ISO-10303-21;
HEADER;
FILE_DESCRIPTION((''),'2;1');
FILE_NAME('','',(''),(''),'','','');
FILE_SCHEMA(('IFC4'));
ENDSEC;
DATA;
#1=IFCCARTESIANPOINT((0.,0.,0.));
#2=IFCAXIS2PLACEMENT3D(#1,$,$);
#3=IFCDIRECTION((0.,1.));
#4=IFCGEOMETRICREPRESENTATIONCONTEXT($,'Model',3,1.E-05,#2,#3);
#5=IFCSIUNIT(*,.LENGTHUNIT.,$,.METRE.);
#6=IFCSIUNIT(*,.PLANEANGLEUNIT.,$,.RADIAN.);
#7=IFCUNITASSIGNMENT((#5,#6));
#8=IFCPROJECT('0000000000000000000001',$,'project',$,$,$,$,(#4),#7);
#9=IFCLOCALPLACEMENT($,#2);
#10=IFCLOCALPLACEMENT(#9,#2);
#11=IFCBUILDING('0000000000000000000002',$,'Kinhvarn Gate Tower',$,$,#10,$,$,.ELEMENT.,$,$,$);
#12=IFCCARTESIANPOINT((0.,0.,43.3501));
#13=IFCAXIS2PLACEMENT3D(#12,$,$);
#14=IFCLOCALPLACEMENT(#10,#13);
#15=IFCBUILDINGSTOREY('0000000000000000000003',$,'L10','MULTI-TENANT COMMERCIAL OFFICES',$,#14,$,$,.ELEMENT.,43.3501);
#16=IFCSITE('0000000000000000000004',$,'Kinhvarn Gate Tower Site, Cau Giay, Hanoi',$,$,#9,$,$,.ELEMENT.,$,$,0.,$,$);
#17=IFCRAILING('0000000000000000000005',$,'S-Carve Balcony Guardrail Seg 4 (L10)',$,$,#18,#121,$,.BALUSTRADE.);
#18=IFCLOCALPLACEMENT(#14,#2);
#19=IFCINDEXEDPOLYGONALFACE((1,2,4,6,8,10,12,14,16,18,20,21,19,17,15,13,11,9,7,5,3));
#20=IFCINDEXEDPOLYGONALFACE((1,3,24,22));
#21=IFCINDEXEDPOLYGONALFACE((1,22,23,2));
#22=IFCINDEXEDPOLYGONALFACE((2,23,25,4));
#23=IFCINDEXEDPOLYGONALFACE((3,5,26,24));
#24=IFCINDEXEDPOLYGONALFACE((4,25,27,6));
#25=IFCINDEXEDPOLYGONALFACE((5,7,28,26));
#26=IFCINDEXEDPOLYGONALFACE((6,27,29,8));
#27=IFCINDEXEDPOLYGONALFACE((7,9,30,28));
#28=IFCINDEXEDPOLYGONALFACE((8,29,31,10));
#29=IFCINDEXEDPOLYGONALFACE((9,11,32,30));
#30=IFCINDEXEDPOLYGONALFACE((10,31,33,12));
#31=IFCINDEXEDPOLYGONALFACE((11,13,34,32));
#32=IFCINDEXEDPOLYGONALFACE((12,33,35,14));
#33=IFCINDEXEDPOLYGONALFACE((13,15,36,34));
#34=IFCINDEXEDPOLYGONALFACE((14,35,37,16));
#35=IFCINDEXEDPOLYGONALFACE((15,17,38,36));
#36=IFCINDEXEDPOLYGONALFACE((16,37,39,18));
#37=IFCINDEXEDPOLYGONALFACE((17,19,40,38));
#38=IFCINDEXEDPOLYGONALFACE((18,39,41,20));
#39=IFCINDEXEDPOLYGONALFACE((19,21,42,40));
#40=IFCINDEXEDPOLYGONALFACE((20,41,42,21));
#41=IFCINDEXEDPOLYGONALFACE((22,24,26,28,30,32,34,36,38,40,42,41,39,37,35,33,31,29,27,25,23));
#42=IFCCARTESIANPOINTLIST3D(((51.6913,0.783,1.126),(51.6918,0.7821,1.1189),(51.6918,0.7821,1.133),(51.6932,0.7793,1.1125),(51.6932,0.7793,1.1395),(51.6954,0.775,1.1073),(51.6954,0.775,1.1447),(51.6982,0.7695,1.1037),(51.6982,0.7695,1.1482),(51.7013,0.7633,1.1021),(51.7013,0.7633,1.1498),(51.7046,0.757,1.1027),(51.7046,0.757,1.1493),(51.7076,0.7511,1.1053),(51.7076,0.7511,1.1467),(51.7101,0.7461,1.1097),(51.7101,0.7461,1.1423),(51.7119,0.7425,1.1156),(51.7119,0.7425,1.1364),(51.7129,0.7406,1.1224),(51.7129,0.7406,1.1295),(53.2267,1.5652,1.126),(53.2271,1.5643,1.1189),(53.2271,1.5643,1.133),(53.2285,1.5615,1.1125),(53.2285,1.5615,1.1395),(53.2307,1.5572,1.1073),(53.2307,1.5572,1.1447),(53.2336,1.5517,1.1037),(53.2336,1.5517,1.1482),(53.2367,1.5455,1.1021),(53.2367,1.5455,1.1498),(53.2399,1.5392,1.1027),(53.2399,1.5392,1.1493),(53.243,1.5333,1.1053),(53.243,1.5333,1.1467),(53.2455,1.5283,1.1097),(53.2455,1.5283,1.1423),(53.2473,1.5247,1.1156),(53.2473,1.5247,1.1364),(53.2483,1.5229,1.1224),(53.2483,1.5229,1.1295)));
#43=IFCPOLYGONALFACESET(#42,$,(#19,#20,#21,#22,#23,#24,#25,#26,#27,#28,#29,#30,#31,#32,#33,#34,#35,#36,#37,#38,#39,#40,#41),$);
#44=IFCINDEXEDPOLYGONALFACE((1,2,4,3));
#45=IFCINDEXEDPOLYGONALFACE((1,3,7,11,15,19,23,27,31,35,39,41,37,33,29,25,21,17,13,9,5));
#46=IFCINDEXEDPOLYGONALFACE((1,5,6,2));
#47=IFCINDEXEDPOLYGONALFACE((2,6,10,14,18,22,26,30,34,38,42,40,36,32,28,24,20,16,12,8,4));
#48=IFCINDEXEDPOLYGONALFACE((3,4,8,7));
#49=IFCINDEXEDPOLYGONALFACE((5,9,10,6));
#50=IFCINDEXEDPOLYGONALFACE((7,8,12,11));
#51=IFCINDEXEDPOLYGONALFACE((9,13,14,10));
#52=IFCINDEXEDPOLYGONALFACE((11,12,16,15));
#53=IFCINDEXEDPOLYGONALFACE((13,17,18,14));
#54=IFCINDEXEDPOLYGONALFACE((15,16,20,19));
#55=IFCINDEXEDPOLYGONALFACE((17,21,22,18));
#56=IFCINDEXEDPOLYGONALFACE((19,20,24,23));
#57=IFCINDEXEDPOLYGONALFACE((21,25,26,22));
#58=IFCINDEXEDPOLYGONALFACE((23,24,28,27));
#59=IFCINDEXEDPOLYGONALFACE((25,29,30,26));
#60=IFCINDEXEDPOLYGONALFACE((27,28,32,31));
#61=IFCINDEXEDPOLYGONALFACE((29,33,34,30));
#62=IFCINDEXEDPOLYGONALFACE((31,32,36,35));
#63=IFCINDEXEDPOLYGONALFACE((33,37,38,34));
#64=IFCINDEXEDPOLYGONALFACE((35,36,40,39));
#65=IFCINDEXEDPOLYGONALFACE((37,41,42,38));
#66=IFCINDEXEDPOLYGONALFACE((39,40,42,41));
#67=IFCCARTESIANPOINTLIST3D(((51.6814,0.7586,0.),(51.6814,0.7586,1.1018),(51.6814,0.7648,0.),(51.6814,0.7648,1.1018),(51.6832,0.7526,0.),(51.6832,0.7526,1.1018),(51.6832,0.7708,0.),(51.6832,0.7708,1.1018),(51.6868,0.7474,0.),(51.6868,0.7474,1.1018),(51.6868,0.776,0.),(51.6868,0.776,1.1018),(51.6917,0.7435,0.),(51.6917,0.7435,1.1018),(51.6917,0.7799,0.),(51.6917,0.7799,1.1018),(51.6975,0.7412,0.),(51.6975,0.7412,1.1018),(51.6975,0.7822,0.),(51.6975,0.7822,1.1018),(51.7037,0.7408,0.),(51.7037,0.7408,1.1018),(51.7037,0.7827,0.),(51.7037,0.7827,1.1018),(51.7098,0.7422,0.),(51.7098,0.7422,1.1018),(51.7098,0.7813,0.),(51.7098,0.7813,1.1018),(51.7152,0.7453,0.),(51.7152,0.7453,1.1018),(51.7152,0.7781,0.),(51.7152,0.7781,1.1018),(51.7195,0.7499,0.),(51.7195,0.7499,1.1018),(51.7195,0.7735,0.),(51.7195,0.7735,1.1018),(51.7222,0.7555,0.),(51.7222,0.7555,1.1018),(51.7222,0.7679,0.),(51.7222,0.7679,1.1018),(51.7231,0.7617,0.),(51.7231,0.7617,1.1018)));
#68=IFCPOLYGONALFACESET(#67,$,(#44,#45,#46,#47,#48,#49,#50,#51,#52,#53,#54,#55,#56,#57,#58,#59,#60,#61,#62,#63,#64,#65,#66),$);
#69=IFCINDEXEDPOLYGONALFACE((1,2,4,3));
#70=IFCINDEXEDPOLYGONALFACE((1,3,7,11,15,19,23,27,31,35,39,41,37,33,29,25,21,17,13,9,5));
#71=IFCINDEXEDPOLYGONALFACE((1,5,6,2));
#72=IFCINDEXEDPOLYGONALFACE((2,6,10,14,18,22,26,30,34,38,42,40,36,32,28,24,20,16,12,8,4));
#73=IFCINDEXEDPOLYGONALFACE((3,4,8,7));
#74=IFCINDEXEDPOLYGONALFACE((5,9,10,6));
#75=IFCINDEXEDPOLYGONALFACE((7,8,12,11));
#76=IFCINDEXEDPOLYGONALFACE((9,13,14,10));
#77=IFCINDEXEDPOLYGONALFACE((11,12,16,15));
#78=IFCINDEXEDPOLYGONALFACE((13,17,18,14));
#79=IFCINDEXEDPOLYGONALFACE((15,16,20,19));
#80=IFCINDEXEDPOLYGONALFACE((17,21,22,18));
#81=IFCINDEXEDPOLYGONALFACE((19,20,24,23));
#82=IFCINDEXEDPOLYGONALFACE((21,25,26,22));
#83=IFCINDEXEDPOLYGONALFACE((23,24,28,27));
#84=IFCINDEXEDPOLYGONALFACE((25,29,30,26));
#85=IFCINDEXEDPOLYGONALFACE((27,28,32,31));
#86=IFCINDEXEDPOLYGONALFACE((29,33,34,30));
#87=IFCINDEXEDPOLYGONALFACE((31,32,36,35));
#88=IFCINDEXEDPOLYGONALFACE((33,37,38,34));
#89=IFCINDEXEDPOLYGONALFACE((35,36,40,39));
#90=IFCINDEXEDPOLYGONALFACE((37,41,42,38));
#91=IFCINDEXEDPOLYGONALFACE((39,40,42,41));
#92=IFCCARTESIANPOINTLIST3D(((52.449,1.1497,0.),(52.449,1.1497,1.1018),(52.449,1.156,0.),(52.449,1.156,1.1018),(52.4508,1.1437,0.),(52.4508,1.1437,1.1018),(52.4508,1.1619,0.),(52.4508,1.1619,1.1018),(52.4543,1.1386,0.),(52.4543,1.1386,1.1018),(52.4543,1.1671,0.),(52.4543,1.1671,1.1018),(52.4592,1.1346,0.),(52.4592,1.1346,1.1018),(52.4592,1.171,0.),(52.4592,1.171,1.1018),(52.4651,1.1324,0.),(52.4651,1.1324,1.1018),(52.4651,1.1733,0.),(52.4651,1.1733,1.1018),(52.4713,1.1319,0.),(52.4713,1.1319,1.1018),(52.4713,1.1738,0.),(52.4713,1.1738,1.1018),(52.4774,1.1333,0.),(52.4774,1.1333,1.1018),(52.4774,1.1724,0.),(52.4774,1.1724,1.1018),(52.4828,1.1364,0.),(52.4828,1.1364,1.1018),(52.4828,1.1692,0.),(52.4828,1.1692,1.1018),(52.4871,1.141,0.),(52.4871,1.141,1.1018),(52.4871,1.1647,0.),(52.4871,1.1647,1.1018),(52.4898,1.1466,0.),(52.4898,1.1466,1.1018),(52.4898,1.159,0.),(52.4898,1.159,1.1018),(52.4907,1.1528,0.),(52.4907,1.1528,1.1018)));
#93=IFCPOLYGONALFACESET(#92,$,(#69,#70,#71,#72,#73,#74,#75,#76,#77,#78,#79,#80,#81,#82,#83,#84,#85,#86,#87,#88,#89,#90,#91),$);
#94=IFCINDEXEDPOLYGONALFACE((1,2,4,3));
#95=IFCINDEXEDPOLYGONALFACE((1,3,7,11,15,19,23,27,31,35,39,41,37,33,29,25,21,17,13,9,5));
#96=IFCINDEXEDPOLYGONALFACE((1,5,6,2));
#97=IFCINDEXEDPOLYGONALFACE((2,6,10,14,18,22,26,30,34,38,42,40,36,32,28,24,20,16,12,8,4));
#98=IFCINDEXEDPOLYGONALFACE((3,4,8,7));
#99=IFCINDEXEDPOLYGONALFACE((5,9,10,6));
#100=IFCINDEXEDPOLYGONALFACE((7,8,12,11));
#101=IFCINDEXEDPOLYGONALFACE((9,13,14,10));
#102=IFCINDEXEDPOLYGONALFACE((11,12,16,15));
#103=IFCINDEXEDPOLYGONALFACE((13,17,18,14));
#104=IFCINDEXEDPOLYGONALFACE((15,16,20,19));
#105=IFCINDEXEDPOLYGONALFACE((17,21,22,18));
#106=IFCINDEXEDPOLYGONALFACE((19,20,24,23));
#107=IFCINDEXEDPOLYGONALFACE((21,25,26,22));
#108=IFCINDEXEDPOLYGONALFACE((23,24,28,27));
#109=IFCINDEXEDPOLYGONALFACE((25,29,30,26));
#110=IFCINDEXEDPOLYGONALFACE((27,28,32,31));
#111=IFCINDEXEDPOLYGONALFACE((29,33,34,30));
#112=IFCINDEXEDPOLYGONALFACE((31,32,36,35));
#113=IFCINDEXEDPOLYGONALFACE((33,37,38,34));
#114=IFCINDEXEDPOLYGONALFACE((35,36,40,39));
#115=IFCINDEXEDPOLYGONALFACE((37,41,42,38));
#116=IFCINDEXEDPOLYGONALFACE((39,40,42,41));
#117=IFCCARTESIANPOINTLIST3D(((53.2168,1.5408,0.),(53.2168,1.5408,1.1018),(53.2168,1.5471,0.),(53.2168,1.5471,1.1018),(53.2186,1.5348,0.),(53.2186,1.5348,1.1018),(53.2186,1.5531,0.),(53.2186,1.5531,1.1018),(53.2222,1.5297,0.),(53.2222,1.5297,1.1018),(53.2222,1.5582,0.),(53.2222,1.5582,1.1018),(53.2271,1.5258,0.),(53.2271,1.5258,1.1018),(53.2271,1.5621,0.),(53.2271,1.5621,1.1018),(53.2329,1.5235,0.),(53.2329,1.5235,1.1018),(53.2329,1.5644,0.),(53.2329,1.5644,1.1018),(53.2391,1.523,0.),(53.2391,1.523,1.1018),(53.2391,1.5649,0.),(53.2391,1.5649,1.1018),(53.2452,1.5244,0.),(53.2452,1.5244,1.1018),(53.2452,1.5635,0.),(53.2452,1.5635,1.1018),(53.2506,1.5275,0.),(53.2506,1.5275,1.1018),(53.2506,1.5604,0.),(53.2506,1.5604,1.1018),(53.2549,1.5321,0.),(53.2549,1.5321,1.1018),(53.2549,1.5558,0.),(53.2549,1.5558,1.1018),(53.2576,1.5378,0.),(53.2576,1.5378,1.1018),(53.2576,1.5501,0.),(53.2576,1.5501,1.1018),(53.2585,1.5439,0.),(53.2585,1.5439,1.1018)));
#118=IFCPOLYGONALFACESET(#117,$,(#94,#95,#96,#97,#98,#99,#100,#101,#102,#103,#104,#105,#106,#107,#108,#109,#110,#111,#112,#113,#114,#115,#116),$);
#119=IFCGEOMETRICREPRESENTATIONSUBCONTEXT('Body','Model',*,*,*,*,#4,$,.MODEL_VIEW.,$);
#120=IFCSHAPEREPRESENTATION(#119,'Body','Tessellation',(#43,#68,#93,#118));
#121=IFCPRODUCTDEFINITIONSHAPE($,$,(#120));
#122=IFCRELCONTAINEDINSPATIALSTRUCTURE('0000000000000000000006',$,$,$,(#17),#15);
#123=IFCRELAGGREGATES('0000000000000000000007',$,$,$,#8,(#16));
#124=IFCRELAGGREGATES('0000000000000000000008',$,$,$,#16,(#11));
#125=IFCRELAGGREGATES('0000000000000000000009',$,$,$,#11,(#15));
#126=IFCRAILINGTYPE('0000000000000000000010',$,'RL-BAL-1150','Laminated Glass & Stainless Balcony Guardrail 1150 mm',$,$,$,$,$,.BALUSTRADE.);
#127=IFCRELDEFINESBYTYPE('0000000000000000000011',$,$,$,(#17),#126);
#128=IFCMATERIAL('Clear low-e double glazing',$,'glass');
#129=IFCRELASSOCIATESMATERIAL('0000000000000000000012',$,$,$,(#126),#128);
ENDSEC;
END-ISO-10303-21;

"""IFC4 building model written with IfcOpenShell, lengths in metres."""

from ifc_helpers import new_model, si_unit, direction, frame, origin, origin_2d, place, context, subcontext, project, spatial, circle, extrude, material, type_object, element, save


model = new_model("IFC4")

# Units and contexts
model_context = context("Model", 3, precision=1e-05, world=origin(), true_north=direction((0.0, 1.0)))
body_context = subcontext(model_context, "Body", "Model", "MODEL_VIEW")
ifc_project = project(units=[si_unit("LENGTHUNIT", "METRE"), si_unit("PLANEANGLEUNIT", "RADIAN")], contexts=[model_context])

# Site, building, storey
site_placement = place(None, origin())
site = spatial("IfcSite", under=ifc_project, at=site_placement, Name="Kinhvarn Gate Tower Site, Cau Giay, Hanoi", CompositionType="ELEMENT", RefElevation=0.0)
building_placement = place(site_placement, origin())
building = spatial("IfcBuilding", under=site, at=building_placement, Name="Kinhvarn Gate Tower", CompositionType="ELEMENT")
storey_placement = place(building_placement, frame((0.0, 0.0, 43.3501)))
storey = spatial("IfcBuildingStorey", under=building, at=storey_placement, Name="L10", Description="MULTI-TENANT COMMERCIAL OFFICES", CompositionType="ELEMENT", Elevation=43.3501)

# Shared definitions
ifc_material_1 = material(Name="Clear low-e double glazing", Category="glass")

# Railing
railing_type = type_object("IfcRailingType", Name="RL-BAL-1150", Description="Laminated Glass & Stainless Balcony Guardrail 1150 mm", PredefinedType="BALUSTRADE", material=ifc_material_1)
railing_1_placement = place(storey_placement, frame((51.7021, 0.7617, 0.0)))
element("IfcRailing", 1, at=railing_1_placement, inside=storey, type_object=railing_type, Name="S-Carve Balcony Guardrail Seg 4 (L10)", PredefinedType="BALUSTRADE", context=body_context, shape_type="SweptSolid", body=[
    extrude(circle(Radius=0.0239, at=origin_2d()), frame((0.0, 0.0, 1.126), z_axis=(0.89103, 0.453945, 0.0), x_axis=(-0.453945, 0.89103, 0.0)), (0.0, 0.0, 1.0), 1.7231),
    extrude(circle(Radius=0.021, at=origin_2d()), origin(), (0.0, 0.0, 1.0), 1.1018),
    extrude(circle(Radius=0.021, at=origin_2d()), frame((0.7676, 0.3911, 0.0)), (0.0, 0.0, 1.0), 1.1018),
    extrude(circle(Radius=0.021, at=origin_2d()), frame((1.5354, 0.7822, 0.0)), (0.0, 0.0, 1.0), 1.1018),
])

save(model, "model.ifc")
